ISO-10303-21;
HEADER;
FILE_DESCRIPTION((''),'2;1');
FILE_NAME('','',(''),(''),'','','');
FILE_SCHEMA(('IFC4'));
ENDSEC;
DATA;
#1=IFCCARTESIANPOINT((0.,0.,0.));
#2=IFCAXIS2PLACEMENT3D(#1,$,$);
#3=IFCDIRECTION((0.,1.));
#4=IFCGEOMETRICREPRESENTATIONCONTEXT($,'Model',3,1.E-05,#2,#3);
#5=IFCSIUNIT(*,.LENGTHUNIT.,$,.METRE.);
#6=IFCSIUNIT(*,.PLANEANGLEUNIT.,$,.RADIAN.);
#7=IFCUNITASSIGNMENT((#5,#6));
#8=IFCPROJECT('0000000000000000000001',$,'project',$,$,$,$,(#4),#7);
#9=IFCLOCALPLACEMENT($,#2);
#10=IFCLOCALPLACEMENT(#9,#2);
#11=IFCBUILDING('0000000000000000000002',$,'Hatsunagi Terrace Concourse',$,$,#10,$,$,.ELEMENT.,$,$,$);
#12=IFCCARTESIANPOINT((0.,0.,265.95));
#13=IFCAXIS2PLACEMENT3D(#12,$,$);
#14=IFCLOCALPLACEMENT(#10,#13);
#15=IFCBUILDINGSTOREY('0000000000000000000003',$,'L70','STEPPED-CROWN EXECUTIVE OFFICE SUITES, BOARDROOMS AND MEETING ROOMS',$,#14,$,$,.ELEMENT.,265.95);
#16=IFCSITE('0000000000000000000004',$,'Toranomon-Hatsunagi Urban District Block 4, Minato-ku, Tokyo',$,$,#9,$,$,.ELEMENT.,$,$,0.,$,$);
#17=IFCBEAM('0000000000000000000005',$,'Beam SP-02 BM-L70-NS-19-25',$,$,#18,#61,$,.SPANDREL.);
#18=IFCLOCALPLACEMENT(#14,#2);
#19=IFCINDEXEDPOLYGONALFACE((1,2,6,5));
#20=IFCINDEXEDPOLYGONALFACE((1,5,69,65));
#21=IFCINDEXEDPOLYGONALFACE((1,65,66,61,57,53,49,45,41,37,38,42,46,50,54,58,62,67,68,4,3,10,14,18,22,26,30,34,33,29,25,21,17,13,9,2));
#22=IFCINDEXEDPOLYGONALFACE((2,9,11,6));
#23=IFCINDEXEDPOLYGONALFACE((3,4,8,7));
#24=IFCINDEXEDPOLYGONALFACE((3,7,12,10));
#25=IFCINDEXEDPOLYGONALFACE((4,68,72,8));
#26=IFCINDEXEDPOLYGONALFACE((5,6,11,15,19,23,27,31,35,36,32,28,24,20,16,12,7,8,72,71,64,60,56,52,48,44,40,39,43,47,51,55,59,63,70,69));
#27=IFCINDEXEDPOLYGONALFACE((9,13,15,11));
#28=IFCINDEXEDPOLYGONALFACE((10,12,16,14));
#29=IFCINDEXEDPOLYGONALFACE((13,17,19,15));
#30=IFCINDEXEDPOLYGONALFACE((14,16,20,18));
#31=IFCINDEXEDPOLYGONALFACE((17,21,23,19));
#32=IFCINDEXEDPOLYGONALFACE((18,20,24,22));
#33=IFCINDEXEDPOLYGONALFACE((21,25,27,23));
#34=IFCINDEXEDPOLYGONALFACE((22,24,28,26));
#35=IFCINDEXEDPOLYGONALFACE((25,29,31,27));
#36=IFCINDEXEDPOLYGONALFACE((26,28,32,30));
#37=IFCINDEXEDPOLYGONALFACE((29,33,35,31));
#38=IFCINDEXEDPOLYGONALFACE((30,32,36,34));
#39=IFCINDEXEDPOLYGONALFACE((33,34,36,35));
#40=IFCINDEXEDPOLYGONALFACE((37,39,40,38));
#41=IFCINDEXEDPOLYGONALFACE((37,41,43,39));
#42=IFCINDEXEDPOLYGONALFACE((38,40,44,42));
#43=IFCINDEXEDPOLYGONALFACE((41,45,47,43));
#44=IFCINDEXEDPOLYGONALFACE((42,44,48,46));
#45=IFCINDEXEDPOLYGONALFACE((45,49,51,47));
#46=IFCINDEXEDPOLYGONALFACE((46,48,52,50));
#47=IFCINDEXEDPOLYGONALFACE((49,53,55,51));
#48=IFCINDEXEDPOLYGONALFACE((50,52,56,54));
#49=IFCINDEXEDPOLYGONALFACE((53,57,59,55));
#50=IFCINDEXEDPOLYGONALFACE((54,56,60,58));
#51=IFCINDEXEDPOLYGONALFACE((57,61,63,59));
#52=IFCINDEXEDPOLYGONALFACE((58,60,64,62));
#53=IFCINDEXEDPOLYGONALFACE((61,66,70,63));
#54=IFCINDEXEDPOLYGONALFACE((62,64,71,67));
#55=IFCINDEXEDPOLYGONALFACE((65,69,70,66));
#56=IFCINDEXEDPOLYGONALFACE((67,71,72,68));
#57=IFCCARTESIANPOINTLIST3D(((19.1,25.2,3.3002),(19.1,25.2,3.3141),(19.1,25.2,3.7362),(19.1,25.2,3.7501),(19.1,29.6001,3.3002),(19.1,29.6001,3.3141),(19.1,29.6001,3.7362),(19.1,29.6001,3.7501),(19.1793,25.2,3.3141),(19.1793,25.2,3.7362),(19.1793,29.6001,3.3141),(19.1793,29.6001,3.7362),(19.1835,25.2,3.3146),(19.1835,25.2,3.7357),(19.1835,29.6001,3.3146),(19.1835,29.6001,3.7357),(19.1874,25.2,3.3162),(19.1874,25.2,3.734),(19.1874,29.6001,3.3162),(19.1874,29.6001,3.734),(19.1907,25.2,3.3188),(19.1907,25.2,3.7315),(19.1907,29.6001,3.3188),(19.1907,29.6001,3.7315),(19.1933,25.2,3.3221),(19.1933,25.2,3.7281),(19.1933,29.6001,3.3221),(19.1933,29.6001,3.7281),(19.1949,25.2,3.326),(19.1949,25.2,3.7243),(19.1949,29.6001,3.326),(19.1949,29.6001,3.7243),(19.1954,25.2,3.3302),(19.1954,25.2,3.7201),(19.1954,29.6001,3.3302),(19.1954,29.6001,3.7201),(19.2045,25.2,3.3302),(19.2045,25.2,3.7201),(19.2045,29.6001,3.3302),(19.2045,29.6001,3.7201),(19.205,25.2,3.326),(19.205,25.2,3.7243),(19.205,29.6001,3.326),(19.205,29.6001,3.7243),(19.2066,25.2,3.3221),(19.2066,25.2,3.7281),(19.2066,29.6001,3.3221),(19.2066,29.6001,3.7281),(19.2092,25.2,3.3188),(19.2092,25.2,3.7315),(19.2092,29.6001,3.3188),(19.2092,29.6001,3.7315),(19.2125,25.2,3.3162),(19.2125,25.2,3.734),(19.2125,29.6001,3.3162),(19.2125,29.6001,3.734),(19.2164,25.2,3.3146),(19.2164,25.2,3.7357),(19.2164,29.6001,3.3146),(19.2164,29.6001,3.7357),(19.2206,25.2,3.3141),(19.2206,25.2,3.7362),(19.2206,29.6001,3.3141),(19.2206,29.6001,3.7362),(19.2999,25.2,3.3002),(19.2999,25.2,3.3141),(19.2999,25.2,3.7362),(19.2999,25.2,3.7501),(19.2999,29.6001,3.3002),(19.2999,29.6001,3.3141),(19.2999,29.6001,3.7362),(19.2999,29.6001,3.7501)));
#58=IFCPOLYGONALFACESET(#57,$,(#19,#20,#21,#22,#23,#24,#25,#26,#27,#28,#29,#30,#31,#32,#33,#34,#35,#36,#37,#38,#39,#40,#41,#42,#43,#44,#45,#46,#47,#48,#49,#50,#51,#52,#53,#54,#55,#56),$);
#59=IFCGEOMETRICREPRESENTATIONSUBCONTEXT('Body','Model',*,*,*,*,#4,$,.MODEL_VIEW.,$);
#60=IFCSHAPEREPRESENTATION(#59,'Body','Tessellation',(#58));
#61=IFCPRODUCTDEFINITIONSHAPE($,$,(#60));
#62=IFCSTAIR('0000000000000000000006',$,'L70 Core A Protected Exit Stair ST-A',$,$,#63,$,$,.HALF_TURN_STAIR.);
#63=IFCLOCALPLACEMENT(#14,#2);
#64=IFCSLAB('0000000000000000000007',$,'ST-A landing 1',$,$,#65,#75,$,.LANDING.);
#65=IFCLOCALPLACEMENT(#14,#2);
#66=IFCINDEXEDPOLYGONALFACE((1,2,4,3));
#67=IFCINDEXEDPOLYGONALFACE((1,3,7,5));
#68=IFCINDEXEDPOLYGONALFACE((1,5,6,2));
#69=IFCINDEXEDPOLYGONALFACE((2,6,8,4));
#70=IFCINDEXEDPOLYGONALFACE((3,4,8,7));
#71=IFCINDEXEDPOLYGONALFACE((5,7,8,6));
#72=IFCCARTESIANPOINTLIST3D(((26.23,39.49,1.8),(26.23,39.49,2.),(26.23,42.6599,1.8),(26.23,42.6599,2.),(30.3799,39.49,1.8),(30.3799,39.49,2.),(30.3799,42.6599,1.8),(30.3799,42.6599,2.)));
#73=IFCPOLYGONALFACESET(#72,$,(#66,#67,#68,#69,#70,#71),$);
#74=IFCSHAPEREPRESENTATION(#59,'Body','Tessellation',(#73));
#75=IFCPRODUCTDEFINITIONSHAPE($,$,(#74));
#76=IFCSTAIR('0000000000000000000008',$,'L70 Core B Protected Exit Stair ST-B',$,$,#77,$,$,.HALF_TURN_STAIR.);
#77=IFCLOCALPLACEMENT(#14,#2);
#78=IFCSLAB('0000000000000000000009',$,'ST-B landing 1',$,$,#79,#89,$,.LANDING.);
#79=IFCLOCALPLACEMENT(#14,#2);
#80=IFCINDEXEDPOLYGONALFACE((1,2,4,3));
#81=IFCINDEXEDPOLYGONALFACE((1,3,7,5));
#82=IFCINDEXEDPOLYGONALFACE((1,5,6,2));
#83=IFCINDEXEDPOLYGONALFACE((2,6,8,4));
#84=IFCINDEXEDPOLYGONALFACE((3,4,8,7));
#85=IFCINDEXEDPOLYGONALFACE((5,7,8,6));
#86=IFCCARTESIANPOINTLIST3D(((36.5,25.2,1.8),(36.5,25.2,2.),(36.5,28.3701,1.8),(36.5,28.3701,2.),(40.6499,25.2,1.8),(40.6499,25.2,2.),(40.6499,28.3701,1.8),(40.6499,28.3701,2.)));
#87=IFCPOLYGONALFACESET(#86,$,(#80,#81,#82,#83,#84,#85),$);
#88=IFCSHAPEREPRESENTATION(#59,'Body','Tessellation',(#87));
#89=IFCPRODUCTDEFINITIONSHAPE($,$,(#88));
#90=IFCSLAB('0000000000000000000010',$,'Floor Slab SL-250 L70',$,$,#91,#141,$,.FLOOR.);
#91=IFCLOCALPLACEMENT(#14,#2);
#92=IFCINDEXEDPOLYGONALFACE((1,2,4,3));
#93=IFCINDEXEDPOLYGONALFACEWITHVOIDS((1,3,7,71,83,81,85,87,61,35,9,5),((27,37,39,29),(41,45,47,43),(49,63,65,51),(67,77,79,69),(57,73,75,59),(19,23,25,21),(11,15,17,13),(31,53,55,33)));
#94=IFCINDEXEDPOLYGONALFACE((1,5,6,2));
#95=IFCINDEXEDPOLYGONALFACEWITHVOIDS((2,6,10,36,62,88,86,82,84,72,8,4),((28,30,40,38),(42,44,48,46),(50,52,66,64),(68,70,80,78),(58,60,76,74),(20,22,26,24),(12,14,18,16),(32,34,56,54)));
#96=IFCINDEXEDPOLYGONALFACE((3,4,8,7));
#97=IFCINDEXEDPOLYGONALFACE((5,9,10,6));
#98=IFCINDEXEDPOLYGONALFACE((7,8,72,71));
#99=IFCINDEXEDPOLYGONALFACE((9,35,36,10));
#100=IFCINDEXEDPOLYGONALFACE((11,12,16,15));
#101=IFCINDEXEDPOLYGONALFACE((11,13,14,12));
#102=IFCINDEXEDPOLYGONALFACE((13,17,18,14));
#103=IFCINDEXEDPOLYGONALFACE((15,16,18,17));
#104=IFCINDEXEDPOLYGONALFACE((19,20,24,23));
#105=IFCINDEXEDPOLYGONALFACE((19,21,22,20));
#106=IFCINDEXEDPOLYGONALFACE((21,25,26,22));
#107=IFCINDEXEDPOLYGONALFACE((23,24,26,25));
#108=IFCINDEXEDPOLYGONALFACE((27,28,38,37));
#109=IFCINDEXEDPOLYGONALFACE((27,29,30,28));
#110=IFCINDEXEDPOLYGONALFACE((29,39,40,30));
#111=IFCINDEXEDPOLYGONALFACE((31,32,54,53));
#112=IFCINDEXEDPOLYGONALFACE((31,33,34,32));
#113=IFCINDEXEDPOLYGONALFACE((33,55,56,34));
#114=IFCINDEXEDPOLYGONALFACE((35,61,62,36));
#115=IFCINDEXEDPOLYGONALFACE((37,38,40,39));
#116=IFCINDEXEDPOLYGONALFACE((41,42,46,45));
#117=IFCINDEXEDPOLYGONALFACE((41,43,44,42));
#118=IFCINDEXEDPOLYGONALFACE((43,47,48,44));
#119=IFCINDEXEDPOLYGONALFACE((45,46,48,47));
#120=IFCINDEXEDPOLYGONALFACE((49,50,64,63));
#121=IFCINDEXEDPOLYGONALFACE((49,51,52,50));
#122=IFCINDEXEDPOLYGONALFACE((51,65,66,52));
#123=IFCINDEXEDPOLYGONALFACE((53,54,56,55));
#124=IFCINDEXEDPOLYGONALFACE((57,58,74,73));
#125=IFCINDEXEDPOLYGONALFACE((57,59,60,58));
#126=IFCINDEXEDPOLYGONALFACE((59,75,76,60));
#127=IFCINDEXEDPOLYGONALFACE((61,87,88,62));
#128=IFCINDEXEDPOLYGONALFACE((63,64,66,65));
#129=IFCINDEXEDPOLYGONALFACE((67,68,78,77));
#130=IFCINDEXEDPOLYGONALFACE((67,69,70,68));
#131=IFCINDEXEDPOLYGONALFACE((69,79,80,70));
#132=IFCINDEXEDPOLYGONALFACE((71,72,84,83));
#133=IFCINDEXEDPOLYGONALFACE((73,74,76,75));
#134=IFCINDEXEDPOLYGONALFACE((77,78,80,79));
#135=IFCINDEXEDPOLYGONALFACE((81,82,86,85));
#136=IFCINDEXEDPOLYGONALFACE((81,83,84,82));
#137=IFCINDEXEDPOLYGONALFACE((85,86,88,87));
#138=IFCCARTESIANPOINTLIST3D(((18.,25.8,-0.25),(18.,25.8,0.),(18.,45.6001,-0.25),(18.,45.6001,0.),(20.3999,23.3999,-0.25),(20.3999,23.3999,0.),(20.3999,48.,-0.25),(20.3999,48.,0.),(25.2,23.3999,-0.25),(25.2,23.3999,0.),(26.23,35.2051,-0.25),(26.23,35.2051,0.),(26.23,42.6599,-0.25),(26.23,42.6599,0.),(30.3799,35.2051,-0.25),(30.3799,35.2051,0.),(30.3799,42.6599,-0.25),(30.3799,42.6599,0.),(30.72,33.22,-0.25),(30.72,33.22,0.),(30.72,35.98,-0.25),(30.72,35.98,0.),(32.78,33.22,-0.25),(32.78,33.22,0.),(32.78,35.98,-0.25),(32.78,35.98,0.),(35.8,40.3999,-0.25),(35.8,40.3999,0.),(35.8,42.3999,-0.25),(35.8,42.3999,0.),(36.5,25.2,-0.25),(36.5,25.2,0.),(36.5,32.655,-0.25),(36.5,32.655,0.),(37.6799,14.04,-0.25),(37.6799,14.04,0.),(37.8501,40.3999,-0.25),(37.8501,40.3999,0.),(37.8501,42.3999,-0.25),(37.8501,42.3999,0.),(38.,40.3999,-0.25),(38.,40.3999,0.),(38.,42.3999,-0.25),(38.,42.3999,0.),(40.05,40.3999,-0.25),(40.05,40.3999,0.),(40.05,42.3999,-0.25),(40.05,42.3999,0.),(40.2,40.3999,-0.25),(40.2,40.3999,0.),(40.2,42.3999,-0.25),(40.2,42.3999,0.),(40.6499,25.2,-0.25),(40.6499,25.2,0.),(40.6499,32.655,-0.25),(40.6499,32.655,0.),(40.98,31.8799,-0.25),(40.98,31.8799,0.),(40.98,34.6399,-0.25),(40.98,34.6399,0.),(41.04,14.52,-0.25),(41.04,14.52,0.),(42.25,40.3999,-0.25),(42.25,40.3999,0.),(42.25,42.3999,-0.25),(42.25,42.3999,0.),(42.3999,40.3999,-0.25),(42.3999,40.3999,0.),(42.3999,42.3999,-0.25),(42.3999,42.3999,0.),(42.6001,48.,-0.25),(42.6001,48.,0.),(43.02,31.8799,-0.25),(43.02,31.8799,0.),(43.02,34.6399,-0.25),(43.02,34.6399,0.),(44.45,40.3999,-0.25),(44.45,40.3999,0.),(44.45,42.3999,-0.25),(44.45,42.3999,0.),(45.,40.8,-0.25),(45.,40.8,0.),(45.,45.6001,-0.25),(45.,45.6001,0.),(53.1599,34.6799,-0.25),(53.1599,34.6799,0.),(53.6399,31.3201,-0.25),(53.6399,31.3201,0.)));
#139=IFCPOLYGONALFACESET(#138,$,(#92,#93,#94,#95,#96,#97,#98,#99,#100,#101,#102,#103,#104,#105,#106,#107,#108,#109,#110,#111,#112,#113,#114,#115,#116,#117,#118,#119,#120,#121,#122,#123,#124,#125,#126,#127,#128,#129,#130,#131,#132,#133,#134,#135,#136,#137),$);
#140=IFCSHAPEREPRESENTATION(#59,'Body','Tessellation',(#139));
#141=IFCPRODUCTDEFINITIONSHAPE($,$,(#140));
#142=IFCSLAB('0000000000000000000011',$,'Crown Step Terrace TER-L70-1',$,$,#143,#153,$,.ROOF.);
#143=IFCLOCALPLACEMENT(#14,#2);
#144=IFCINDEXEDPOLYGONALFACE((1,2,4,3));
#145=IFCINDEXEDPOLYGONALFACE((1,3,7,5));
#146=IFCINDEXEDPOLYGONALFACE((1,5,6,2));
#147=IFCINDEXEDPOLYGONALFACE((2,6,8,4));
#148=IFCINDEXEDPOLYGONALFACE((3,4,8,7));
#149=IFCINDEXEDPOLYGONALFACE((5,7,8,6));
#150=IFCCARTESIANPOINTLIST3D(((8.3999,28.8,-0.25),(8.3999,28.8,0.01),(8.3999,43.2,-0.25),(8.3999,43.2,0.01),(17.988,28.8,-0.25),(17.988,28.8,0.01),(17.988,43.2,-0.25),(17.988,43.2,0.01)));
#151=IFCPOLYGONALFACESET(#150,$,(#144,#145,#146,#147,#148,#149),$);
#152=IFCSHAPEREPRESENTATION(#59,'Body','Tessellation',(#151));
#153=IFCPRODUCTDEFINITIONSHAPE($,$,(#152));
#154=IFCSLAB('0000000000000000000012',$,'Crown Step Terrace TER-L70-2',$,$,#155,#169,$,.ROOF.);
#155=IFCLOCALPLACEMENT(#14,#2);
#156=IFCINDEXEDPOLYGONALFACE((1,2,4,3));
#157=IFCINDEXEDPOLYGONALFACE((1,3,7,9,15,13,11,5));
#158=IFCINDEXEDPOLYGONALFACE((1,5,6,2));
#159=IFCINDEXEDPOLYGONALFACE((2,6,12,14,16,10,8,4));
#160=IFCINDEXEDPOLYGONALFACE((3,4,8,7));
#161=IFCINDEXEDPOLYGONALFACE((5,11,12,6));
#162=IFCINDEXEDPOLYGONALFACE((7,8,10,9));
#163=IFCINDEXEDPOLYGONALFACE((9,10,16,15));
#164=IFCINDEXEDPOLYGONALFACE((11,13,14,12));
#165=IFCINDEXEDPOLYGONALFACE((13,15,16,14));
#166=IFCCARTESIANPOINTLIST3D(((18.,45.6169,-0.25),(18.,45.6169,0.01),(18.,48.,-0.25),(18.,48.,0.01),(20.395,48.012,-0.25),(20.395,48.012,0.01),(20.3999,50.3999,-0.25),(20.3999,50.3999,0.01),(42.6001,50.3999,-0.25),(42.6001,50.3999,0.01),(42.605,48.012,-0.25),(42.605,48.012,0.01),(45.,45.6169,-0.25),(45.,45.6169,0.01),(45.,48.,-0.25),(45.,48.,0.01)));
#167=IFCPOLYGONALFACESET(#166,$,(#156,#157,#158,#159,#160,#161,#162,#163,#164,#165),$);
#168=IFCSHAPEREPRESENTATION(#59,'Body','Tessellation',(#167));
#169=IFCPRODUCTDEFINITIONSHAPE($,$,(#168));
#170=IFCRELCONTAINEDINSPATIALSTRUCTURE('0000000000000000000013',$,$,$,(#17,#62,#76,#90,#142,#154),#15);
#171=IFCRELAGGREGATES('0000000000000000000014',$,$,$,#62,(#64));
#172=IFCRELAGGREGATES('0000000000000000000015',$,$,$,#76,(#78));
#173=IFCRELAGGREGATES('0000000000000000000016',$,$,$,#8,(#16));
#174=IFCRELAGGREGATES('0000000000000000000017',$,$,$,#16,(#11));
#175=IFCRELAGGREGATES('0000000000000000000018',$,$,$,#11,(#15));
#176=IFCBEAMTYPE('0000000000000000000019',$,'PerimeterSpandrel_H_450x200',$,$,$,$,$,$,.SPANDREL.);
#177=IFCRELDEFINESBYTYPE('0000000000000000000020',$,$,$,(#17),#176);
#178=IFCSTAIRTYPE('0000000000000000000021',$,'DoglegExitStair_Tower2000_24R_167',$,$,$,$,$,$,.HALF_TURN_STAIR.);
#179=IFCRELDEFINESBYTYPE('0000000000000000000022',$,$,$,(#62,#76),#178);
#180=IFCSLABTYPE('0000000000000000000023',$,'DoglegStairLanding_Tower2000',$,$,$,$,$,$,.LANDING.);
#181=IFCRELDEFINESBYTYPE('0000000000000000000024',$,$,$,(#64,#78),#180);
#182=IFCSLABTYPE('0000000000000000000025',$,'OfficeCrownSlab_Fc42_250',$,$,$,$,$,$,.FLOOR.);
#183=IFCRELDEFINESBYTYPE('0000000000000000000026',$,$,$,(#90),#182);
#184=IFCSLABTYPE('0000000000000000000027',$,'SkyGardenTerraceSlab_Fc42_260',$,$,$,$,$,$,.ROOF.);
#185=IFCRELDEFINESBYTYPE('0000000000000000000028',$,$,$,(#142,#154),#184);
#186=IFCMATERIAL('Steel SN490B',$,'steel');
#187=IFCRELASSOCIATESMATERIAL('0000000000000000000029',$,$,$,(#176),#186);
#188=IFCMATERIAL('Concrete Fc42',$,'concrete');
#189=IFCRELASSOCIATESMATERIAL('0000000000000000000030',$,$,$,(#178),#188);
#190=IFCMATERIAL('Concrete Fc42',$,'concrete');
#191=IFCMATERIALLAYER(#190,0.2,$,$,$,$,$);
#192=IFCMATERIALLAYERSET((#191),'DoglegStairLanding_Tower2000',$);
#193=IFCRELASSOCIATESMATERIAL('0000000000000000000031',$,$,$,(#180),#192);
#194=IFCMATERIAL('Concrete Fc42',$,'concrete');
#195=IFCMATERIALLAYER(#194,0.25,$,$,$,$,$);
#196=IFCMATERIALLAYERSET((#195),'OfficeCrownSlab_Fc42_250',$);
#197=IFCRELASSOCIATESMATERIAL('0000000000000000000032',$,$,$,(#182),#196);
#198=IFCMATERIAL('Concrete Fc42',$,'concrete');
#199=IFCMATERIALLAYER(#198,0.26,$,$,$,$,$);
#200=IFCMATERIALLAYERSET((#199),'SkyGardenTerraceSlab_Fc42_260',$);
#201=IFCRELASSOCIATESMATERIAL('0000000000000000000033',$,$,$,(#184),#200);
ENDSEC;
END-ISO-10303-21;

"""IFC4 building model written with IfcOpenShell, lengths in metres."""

from ifc_helpers import new_model, si_unit, direction, frame, origin, origin_2d, place, context, subcontext, project, spatial, polyline, i_section, outline, extrude, material, layer, layer_set, material_profile, profile_set, type_object, element, aggregate, save


model = new_model("IFC4")

# Units and contexts
model_context = context("Model", 3, precision=1e-05, world=origin(), true_north=direction((0.0, 1.0)))
body_context = subcontext(model_context, "Body", "Model", "MODEL_VIEW")
ifc_project = project(units=[si_unit("LENGTHUNIT", "METRE"), si_unit("PLANEANGLEUNIT", "RADIAN")], contexts=[model_context])

# Site, building, storey
site_placement = place(None, origin())
site = spatial("IfcSite", under=ifc_project, at=site_placement, Name="Toranomon-Hatsunagi Urban District Block 4, Minato-ku, Tokyo", CompositionType="ELEMENT", RefElevation=0.0)
building_placement = place(site_placement, origin())
building = spatial("IfcBuilding", under=site, at=building_placement, Name="Hatsunagi Terrace Concourse", CompositionType="ELEMENT")
storey_placement = place(building_placement, frame((0.0, 0.0, 265.95)))
storey = spatial("IfcBuildingStorey", under=building, at=storey_placement, Name="L70", Description="STEPPED-CROWN EXECUTIVE OFFICE SUITES, BOARDROOMS AND MEETING ROOMS", CompositionType="ELEMENT", Elevation=265.95)

# Beam
ifc_material_1 = material(Name="Steel SN490B", Category="steel")
ifc_material_profile_1 = material_profile(ifc_material_1, i_section(OverallWidth=0.2, OverallDepth=0.45, WebThickness=0.009, FlangeThickness=0.0139, FilletRadius=0.0161, at=origin_2d()), Name="H-450x200x9x14")
ifc_profile_set_1 = profile_set([ifc_material_profile_1], Name="Steel SN490B")
beam_type_1 = type_object("IfcBeamType", Name="PerimeterSpandrel_H_450x200", PredefinedType="SPANDREL", material=ifc_profile_set_1)
beam_1_placement = place(storey_placement, frame((19.2, 25.2, 3.5251), z_axis=(0.0, 1.0, 0.0), x_axis=(-1.0, 0.0, 0.0)))
element("IfcBeam", 1, at=beam_1_placement, inside=storey, type_object=beam_type_1, Name="Beam SP-02 BM-L70-NS-19-25", PredefinedType="SPANDREL", context=body_context, shape_type="SweptSolid", body=[
    extrude(i_section(OverallWidth=0.2, OverallDepth=0.45, WebThickness=0.009, FlangeThickness=0.0139, FilletRadius=0.0161, at=origin_2d()), origin(), (0.0, 0.0, 1.0), 4.4001),
])

# Stairs, slabs
ifc_material_2 = material(Name="Concrete Fc42", Category="concrete")
stair_type = type_object("IfcStairType", Name="DoglegExitStair_Tower2000_24R_167", PredefinedType="HALF_TURN_STAIR", material=ifc_material_2)
stair_1_placement = place(storey_placement, origin())
stair_1 = element("IfcStair", 2, at=stair_1_placement, inside=storey, type_object=stair_type, Name="L70 Core A Protected Exit Stair ST-A", PredefinedType="HALF_TURN_STAIR")
ifc_material_3 = material(Name="Concrete Fc42", Category="concrete")
ifc_layer_1 = layer(ifc_material_3, 0.2)
ifc_layer_set_1 = layer_set([ifc_layer_1], Name="DoglegStairLanding_Tower2000")
slab_type_1 = type_object("IfcSlabType", Name="DoglegStairLanding_Tower2000", PredefinedType="LANDING", material=ifc_layer_set_1)
slab_1_placement = place(storey_placement, frame((0.0, 0.0, 1.8)))
slab_1 = element("IfcSlab", 3, at=slab_1_placement, type_object=slab_type_1, Name="ST-A landing 1", PredefinedType="LANDING", context=body_context, shape_type="SweptSolid", body=[
    extrude(outline(polyline([(30.3799, 39.49), (30.3799, 42.6599), (26.23, 42.6599), (26.23, 39.49), (30.3799, 39.49)])), origin(), (0.0, 0.0, 1.0), 0.2),
])
aggregate(stair_1, [slab_1])
stair_2_placement = place(storey_placement, origin())
stair_2 = element("IfcStair", 4, at=stair_2_placement, inside=storey, type_object=stair_type, Name="L70 Core B Protected Exit Stair ST-B", PredefinedType="HALF_TURN_STAIR")
slab_2_placement = place(storey_placement, frame((0.0, 0.0, 1.8)))
slab_2 = element("IfcSlab", 5, at=slab_2_placement, type_object=slab_type_1, Name="ST-B landing 1", PredefinedType="LANDING", context=body_context, shape_type="SweptSolid", body=[
    extrude(outline(polyline([(36.5, 28.3701), (36.5, 25.2), (40.6499, 25.2), (40.6499, 28.3701), (36.5, 28.3701)])), origin(), (0.0, 0.0, 1.0), 0.2),
])
aggregate(stair_2, [slab_2])

# Slabs
ifc_material_4 = material(Name="Concrete Fc42", Category="concrete")
ifc_layer_2 = layer(ifc_material_4, 0.25)
ifc_layer_set_2 = layer_set([ifc_layer_2], Name="OfficeCrownSlab_Fc42_250")
slab_type_2 = type_object("IfcSlabType", Name="OfficeCrownSlab_Fc42_250", PredefinedType="FLOOR", material=ifc_layer_set_2)
slab_3_placement = place(storey_placement, frame((0.0, 0.0, -0.25)))
element("IfcSlab", 6, at=slab_3_placement, inside=storey, type_object=slab_type_2, Name="Floor Slab SL-250 L70", PredefinedType="FLOOR", context=body_context, shape_type="SweptSolid", body=[
    extrude(outline(polyline([(45.0, 40.8), (45.0, 45.6001), (42.6001, 48.0), (20.3999, 48.0), (18.0, 45.6001), (18.0, 25.8), (20.3999, 23.3999), (25.2, 23.3999), (37.6799, 14.04), (41.04, 14.52), (53.6399, 31.3201), (53.1599, 34.6799), (45.0, 40.8)]), holes=[polyline([(26.23, 35.2051), (30.3799, 35.2051), (30.3799, 42.6599), (26.23, 42.6599), (26.23, 35.2051)]), polyline([(36.5, 25.2), (40.6499, 25.2), (40.6499, 32.655), (36.5, 32.655), (36.5, 25.2)]), polyline([(30.72, 33.22), (32.78, 33.22), (32.78, 35.98), (30.72, 35.98), (30.72, 33.22)]), polyline([(40.98, 31.8799), (43.02, 31.8799), (43.02, 34.6399), (40.98, 34.6399), (40.98, 31.8799)]), polyline([(35.8, 40.3999), (37.8501, 40.3999), (37.8501, 42.3999), (35.8, 42.3999), (35.8, 40.3999)]), polyline([(38.0, 40.3999), (40.05, 40.3999), (40.05, 42.3999), (38.0, 42.3999), (38.0, 40.3999)]), polyline([(40.2, 40.3999), (42.25, 40.3999), (42.25, 42.3999), (40.2, 42.3999), (40.2, 40.3999)]), polyline([(42.3999, 40.3999), (44.45, 40.3999), (44.45, 42.3999), (42.3999, 42.3999), (42.3999, 40.3999)])]), origin(), (0.0, 0.0, 1.0), 0.25),
])
ifc_material_5 = material(Name="Concrete Fc42", Category="concrete")
ifc_layer_3 = layer(ifc_material_5, 0.26)
ifc_layer_set_3 = layer_set([ifc_layer_3], Name="SkyGardenTerraceSlab_Fc42_260")
slab_type_3 = type_object("IfcSlabType", Name="SkyGardenTerraceSlab_Fc42_260", PredefinedType="ROOF", material=ifc_layer_set_3)
slab_4_placement = place(storey_placement, frame((0.0, 0.0, -0.25)))
element("IfcSlab", 7, at=slab_4_placement, inside=storey, type_object=slab_type_3, Name="Crown Step Terrace TER-L70-1", PredefinedType="ROOF", context=body_context, shape_type="SweptSolid", body=[
    extrude(outline(polyline([(8.3999, 28.8), (17.988, 28.8), (17.988, 43.2), (8.3999, 43.2), (8.3999, 28.8)])), origin(), (0.0, 0.0, 1.0), 0.26),
])
slab_5_placement = place(storey_placement, frame((0.0, 0.0, -0.25)))
element("IfcSlab", 8, at=slab_5_placement, inside=storey, type_object=slab_type_3, Name="Crown Step Terrace TER-L70-2", PredefinedType="ROOF", context=body_context, shape_type="SweptSolid", body=[
    extrude(outline(polyline([(18.0, 48.0), (18.0, 45.6169), (20.395, 48.012), (42.605, 48.012), (45.0, 45.6169), (45.0, 48.0), (42.6001, 50.3999), (20.3999, 50.3999), (18.0, 48.0)])), origin(), (0.0, 0.0, 1.0), 0.26),
])

save(model, "model.ifc")
